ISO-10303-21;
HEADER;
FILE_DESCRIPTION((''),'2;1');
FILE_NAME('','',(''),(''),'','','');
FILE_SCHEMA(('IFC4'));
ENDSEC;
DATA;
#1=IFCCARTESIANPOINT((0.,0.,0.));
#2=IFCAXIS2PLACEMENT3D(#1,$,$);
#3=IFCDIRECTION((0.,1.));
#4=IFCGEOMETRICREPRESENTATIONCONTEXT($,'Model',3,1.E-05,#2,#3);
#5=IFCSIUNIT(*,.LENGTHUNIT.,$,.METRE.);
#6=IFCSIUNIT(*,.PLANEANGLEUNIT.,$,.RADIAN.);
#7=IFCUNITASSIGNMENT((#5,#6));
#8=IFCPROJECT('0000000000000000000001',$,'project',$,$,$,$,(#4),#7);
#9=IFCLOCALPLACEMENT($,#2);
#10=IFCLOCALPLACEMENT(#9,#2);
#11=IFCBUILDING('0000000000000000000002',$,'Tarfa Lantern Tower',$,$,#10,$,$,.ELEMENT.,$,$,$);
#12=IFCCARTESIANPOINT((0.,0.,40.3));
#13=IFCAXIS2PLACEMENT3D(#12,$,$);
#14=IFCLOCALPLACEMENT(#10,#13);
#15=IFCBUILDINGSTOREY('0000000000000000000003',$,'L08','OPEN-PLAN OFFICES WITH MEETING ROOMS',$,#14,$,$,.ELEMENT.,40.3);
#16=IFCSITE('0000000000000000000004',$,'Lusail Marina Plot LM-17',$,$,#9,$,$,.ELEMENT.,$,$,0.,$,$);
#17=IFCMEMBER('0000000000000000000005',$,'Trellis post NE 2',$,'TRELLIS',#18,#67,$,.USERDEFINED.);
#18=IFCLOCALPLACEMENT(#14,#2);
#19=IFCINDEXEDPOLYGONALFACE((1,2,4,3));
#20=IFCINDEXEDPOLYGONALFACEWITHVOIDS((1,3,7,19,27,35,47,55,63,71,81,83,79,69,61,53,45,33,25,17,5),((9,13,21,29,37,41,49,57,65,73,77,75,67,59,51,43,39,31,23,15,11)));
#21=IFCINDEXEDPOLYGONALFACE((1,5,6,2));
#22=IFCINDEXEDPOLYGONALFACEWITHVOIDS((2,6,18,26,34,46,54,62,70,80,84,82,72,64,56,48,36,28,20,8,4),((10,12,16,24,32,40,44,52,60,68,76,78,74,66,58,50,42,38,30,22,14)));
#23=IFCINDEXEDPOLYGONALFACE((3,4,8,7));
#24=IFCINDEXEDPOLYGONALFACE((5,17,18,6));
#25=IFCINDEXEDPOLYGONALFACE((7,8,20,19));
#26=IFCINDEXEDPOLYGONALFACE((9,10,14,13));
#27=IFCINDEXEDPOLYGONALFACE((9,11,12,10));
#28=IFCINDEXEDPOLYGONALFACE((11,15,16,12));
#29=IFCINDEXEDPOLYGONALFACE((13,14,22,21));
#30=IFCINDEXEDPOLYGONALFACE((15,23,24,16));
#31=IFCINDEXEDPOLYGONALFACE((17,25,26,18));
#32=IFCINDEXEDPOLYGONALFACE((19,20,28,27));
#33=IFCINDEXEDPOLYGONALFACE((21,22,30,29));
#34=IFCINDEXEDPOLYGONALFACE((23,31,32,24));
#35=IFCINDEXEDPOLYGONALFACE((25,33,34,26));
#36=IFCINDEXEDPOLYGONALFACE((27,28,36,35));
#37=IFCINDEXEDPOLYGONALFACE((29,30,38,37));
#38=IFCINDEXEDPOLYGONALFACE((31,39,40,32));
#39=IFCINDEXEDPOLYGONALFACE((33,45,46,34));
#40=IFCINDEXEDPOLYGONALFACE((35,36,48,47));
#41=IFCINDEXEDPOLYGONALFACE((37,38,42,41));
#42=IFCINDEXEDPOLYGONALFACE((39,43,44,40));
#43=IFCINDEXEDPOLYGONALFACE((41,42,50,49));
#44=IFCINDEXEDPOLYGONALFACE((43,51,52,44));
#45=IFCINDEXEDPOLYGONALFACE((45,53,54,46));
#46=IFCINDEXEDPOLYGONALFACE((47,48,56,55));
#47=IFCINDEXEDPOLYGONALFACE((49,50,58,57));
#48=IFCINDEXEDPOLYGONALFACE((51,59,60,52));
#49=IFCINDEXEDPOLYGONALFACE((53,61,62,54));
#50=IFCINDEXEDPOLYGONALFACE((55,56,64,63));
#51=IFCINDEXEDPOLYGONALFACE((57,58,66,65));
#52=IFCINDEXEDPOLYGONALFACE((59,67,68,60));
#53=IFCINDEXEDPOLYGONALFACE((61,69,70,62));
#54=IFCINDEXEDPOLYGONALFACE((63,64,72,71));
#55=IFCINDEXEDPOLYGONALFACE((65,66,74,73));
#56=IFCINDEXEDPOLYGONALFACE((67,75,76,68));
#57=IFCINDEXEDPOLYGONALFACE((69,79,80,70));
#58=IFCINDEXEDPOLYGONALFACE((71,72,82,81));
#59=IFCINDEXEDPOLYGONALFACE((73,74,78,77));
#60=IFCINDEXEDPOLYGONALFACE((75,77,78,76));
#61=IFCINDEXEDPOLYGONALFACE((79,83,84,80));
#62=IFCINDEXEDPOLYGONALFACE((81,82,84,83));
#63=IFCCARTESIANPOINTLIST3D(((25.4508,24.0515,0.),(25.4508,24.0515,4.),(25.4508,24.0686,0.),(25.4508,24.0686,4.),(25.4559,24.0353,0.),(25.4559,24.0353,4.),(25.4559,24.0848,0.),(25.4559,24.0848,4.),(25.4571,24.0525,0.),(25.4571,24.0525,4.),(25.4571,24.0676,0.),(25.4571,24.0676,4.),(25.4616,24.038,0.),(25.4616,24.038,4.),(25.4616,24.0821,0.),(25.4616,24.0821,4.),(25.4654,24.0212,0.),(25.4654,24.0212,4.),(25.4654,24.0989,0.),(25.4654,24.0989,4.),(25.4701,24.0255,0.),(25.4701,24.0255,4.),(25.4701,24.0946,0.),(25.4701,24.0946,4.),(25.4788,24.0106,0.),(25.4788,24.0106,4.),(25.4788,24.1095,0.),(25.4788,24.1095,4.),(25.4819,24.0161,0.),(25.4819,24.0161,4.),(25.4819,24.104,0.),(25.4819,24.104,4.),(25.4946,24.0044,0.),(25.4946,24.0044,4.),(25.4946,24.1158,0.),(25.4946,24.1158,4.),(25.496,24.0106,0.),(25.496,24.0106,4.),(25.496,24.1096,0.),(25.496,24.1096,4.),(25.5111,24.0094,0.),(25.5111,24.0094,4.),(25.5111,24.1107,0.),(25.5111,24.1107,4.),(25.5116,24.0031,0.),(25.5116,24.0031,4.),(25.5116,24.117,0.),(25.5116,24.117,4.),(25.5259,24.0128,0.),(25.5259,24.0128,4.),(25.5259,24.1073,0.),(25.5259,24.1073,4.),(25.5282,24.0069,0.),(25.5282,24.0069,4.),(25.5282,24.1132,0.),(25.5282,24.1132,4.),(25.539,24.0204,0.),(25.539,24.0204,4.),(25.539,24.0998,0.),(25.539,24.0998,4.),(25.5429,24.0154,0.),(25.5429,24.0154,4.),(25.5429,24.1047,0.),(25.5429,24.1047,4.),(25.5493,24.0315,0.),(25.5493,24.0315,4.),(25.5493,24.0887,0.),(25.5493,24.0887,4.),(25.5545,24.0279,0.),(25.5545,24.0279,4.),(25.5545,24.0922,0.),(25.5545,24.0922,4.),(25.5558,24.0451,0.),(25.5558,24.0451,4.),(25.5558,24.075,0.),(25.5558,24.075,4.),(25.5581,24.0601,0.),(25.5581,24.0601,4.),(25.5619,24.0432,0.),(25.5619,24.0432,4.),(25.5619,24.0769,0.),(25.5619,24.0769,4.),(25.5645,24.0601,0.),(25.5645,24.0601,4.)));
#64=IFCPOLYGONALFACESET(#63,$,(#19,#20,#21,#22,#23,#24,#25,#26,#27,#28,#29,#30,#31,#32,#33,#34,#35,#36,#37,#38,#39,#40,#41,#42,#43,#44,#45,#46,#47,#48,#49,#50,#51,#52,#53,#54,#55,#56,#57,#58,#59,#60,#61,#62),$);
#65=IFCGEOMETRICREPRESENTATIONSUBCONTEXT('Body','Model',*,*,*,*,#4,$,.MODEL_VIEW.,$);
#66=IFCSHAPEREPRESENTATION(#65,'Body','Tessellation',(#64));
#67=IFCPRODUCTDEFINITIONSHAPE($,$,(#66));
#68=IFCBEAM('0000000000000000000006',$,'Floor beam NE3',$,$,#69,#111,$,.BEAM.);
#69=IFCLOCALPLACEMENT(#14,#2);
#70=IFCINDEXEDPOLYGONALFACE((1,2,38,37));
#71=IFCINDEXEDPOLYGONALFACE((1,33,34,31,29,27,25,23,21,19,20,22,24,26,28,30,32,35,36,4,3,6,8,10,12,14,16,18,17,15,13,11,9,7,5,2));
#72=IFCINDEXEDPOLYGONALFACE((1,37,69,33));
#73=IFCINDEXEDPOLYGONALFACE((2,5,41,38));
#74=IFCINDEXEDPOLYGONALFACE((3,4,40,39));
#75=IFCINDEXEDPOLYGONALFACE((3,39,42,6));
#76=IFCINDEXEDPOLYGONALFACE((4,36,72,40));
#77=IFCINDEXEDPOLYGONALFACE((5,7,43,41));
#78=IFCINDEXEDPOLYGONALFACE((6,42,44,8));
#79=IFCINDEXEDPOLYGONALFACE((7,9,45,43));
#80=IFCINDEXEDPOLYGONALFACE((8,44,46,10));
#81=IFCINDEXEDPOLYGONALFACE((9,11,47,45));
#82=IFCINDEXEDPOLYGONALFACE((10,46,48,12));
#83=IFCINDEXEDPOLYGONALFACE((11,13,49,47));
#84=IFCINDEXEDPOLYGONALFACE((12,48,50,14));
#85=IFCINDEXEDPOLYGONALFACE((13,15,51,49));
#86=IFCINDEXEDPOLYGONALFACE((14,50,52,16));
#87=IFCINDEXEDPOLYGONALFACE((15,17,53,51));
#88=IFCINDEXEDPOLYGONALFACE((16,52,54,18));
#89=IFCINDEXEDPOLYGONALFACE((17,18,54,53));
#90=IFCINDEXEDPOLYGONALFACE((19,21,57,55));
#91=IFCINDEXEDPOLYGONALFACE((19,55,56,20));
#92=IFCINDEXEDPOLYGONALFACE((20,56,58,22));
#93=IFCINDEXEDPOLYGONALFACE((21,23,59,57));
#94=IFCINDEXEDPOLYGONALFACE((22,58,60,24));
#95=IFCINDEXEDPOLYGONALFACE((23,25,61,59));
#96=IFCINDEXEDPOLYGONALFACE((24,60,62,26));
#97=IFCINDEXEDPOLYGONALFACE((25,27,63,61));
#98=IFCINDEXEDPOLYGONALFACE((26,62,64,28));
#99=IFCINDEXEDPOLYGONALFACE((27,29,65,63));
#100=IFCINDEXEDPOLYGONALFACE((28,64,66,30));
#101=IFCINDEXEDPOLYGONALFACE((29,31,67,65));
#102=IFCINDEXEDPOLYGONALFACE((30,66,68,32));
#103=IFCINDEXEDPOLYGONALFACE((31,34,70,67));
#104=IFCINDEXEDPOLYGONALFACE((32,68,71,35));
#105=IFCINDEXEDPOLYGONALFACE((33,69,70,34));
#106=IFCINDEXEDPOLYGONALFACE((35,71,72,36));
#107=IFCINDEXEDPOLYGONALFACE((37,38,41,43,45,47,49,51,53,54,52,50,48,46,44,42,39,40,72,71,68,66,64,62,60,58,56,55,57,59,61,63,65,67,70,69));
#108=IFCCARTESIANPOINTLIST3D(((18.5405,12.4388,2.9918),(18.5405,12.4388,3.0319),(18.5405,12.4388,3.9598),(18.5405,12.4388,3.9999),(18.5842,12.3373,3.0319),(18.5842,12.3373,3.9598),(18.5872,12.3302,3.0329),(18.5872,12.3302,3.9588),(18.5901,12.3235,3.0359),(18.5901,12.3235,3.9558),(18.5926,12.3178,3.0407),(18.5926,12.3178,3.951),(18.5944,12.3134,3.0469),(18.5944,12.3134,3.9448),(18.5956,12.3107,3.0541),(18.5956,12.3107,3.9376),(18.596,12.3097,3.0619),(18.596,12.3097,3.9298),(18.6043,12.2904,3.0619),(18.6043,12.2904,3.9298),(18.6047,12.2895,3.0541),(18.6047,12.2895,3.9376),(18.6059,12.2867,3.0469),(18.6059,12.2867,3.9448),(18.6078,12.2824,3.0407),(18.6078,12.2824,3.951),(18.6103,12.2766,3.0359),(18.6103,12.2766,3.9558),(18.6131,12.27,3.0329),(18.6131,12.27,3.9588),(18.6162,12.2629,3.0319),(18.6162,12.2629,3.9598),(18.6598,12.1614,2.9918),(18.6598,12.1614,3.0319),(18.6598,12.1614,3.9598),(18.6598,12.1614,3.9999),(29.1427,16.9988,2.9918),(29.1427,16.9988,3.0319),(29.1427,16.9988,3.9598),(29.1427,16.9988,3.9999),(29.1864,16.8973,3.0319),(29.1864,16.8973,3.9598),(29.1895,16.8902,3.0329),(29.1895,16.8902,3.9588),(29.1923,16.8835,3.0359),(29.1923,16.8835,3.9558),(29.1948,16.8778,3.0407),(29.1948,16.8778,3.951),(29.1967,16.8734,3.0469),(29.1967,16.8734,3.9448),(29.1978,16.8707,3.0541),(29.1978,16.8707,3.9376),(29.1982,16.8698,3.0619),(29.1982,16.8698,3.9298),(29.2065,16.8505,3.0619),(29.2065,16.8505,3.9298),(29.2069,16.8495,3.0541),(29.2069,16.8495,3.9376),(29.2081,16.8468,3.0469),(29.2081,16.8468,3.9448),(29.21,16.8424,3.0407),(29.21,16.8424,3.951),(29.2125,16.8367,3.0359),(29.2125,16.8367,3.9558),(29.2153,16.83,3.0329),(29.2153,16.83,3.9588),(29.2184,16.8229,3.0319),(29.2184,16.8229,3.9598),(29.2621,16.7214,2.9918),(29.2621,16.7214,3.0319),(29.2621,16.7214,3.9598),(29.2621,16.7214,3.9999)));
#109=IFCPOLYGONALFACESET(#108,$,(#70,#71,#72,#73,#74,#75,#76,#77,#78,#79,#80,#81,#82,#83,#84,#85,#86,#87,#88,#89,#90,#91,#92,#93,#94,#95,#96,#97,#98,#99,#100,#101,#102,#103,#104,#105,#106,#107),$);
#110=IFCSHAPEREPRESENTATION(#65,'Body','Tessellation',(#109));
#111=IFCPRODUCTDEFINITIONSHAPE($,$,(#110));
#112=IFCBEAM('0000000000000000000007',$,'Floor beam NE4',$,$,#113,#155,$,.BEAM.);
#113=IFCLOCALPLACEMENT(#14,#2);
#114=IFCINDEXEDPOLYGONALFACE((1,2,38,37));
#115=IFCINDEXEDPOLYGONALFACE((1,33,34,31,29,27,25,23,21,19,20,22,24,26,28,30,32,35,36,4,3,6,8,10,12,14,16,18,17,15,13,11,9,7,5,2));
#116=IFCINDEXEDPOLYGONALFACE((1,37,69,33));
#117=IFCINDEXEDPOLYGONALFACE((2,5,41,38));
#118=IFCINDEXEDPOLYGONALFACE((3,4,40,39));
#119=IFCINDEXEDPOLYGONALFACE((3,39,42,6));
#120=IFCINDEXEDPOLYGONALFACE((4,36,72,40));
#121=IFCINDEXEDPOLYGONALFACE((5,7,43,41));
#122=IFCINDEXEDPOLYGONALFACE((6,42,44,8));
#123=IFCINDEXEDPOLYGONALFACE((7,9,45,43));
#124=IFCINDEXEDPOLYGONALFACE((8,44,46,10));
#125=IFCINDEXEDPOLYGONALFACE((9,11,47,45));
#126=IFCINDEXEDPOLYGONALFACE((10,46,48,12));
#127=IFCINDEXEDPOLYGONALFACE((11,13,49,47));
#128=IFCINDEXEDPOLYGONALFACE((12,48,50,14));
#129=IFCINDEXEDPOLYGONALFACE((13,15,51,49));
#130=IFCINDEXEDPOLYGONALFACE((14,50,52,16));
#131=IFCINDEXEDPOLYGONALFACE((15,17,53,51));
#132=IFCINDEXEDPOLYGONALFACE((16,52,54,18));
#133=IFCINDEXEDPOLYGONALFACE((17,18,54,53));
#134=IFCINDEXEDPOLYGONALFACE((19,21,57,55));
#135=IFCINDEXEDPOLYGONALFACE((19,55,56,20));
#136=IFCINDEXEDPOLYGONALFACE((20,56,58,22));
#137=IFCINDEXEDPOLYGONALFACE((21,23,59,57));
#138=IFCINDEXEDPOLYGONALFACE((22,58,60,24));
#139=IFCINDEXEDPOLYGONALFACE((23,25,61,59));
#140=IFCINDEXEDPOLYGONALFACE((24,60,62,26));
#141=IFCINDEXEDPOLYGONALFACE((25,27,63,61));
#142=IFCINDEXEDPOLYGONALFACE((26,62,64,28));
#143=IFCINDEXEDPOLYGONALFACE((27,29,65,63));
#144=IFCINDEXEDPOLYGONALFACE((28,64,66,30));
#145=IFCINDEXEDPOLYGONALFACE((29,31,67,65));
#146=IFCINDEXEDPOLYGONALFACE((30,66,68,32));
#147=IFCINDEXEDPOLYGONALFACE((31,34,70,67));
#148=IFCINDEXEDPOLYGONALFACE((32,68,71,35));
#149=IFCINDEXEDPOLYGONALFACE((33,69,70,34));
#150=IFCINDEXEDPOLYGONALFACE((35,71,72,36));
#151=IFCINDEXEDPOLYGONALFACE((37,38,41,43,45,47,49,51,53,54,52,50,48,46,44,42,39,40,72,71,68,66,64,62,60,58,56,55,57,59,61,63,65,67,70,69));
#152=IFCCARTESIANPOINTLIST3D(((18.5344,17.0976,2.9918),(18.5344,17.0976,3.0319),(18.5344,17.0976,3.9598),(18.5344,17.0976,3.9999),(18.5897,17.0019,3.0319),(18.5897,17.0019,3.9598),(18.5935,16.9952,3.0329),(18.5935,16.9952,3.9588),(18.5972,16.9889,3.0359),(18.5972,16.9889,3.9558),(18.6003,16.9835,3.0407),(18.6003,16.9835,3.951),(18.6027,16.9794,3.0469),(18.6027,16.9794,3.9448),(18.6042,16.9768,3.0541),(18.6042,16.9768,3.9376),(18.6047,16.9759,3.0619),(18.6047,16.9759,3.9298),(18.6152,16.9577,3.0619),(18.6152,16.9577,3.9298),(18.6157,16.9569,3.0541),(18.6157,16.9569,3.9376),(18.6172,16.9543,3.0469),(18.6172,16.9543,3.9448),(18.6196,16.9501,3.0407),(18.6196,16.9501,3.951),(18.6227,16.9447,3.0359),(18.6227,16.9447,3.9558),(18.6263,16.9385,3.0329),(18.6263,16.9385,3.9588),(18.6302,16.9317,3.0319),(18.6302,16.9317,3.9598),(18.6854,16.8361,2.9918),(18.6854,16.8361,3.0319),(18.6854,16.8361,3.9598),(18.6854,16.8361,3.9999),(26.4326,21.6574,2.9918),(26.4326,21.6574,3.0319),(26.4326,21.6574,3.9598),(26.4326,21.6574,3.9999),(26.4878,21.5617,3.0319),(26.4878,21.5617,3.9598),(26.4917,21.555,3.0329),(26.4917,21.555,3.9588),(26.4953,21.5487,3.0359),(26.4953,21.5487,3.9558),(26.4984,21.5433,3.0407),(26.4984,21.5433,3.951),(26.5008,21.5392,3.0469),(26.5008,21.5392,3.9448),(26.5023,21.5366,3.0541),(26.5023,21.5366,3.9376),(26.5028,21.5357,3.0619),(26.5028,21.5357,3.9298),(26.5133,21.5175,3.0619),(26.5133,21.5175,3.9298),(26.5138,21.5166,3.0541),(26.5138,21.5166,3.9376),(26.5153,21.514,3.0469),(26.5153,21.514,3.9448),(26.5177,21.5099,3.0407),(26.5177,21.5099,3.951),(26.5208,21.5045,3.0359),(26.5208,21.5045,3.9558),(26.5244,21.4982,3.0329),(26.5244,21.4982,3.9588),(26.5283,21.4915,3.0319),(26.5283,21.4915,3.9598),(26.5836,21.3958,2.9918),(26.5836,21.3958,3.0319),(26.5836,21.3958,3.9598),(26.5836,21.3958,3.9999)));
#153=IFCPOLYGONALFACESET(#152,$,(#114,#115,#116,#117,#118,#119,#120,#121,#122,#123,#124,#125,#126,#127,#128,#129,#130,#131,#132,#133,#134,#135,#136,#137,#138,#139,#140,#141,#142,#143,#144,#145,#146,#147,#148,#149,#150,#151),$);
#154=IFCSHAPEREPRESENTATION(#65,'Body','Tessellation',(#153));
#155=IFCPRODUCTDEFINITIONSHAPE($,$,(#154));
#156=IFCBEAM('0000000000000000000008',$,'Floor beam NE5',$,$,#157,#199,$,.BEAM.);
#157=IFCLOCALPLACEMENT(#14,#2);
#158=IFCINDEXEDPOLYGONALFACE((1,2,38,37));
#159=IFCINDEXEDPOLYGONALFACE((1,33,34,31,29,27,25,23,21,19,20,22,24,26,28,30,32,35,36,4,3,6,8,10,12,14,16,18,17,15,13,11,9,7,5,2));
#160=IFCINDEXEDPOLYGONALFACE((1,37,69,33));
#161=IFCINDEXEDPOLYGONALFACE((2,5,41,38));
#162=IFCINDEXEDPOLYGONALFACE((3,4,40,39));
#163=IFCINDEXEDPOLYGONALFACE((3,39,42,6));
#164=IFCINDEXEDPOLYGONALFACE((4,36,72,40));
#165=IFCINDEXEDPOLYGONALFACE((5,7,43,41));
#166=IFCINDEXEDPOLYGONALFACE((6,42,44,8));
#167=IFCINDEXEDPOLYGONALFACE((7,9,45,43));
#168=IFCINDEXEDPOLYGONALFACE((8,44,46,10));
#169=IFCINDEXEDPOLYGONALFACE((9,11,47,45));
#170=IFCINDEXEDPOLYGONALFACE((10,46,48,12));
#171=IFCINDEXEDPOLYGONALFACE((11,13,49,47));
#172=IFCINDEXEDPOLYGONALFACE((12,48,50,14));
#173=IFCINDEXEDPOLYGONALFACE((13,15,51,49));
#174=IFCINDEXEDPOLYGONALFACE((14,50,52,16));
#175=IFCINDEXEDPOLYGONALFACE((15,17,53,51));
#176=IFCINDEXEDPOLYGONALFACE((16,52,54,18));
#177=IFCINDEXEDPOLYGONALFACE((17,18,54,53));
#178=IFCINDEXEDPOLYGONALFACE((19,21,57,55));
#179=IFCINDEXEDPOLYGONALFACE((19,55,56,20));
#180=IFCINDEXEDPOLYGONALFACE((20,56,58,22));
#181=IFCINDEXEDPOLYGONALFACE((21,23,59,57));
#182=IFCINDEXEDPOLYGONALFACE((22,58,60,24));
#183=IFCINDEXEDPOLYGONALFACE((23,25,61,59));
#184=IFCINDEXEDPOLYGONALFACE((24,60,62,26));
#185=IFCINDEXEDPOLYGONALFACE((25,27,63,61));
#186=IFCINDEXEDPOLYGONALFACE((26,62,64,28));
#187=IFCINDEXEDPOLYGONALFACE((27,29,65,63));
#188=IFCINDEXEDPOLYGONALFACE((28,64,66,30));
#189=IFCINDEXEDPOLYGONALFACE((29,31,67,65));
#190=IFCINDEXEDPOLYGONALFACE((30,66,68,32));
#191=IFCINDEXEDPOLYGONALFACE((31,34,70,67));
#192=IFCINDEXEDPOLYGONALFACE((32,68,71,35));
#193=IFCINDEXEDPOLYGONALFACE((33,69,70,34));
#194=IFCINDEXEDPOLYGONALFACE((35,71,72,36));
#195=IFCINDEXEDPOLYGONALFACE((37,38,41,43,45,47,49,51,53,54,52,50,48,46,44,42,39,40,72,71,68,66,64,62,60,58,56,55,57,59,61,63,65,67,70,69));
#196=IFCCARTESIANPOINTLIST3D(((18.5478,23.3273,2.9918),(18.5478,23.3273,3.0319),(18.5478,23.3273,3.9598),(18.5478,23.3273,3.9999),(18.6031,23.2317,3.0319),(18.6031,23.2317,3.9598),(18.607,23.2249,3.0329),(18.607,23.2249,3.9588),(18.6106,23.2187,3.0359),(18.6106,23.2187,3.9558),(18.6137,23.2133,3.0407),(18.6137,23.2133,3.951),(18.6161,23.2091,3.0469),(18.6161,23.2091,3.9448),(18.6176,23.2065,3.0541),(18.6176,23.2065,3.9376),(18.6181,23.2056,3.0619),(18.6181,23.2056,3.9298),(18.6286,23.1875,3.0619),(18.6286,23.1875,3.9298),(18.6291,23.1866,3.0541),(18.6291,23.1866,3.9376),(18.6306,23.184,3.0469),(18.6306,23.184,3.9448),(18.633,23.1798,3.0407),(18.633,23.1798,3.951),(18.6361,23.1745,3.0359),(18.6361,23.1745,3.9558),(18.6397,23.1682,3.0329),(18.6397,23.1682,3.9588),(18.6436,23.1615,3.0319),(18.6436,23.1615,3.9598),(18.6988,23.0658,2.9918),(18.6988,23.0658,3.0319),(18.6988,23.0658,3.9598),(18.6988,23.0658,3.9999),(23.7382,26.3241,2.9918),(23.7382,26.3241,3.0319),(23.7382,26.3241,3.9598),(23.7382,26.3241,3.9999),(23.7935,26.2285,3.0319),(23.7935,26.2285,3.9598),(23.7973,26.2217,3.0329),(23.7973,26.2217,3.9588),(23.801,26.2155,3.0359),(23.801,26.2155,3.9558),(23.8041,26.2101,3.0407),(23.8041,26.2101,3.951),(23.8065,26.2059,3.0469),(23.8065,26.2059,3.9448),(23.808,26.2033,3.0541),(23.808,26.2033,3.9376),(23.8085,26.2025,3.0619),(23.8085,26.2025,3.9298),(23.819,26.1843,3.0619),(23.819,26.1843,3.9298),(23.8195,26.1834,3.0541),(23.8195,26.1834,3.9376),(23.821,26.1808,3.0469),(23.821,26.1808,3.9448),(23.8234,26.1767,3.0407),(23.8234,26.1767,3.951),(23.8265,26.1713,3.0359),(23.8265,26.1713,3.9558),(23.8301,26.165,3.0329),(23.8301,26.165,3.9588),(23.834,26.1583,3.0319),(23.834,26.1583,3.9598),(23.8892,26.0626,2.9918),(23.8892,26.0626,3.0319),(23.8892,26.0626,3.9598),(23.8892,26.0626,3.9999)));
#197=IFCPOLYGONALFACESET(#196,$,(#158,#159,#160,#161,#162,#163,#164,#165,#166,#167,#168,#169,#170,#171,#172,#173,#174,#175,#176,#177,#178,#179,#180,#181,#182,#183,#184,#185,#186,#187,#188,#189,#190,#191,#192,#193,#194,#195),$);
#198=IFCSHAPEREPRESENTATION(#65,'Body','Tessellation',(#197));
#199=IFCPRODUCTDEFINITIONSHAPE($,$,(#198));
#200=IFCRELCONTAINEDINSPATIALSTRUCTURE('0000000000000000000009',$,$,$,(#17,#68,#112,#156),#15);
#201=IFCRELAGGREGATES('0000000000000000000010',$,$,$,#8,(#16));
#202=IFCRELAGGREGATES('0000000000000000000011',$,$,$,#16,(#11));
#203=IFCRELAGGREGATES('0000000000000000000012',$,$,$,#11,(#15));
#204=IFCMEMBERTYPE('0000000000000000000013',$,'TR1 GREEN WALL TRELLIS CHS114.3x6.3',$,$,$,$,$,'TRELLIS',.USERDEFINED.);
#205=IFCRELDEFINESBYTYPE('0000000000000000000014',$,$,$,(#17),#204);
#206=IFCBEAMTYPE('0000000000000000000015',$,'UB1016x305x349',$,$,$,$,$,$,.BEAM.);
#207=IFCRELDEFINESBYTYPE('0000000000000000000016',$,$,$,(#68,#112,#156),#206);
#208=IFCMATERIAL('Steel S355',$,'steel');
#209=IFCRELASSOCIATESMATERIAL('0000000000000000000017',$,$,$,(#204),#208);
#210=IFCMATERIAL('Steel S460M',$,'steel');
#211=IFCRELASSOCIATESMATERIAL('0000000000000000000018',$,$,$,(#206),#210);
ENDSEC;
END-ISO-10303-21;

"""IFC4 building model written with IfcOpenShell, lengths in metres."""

from ifc_helpers import new_model, si_unit, direction, frame, origin, origin_2d, place, context, subcontext, project, spatial, hollow_circle, i_section, extrude, material, material_profile, profile_set, type_object, element, save


model = new_model("IFC4")

# Units and contexts
model_context = context("Model", 3, precision=1e-05, world=origin(), true_north=direction((0.0, 1.0)))
body_context = subcontext(model_context, "Body", "Model", "MODEL_VIEW")
ifc_project = project(units=[si_unit("LENGTHUNIT", "METRE"), si_unit("PLANEANGLEUNIT", "RADIAN")], contexts=[model_context])

# Site, building, storey
site_placement = place(None, origin())
site = spatial("IfcSite", under=ifc_project, at=site_placement, Name="Lusail Marina Plot LM-17", CompositionType="ELEMENT", RefElevation=0.0)
building_placement = place(site_placement, origin())
building = spatial("IfcBuilding", under=site, at=building_placement, Name="Tarfa Lantern Tower", CompositionType="ELEMENT")
storey_placement = place(building_placement, frame((0.0, 0.0, 40.3)))
storey = spatial("IfcBuildingStorey", under=building, at=storey_placement, Name="L08", Description="OPEN-PLAN OFFICES WITH MEETING ROOMS", CompositionType="ELEMENT", Elevation=40.3)

# Member
ifc_material_1 = material(Name="Steel S355", Category="steel")
ifc_material_profile_1 = material_profile(ifc_material_1, hollow_circle(Radius=0.0571, WallThickness=0.0063, at=origin_2d()), Name="CHS114.3x6.3")
ifc_profile_set_1 = profile_set([ifc_material_profile_1], Name="Steel S355")
member_type_1 = type_object("IfcMemberType", Name="TR1 GREEN WALL TRELLIS CHS114.3x6.3", ElementType="TRELLIS", PredefinedType="USERDEFINED", material=ifc_profile_set_1)
member_1_placement = place(storey_placement, frame((25.5073, 24.0601, 0.0), z_axis=(0.0, 0.0, 1.0), x_axis=(1.0, 0.0, 0.0)))
element("IfcMember", 1, at=member_1_placement, inside=storey, type_object=member_type_1, Name="Trellis post NE 2", ObjectType="TRELLIS", PredefinedType="USERDEFINED", context=body_context, shape_type="SweptSolid", body=[
    extrude(hollow_circle(Radius=0.0571, WallThickness=0.0063, at=origin_2d()), origin(), (0.0, 0.0, 1.0), 4.0),
])

# Beams
ifc_material_2 = material(Name="Steel S460M", Category="steel")
ifc_material_profile_2 = material_profile(ifc_material_2, i_section(OverallWidth=0.302, OverallDepth=1.0081, WebThickness=0.021, FlangeThickness=0.04, FilletRadius=0.03, at=origin_2d()), Name="UB1016x305x349")
ifc_profile_set_2 = profile_set([ifc_material_profile_2], Name="Steel S460M")
beam_type_1 = type_object("IfcBeamType", Name="UB1016x305x349", PredefinedType="BEAM", material=ifc_profile_set_2)
beam_1_placement = place(storey_placement, frame((29.2024, 16.8601, 3.4958), z_axis=(-0.918635, -0.395106, 0.0), x_axis=(0.395106, -0.918635, 0.0)))
element("IfcBeam", 2, at=beam_1_placement, inside=storey, type_object=beam_type_1, Name="Floor beam NE3", PredefinedType="BEAM", context=body_context, shape_type="SweptSolid", body=[
    extrude(i_section(OverallWidth=0.302, OverallDepth=1.0081, WebThickness=0.021, FlangeThickness=0.04, FilletRadius=0.03, at=origin_2d()), origin(), (0.0, 0.0, 1.0), 11.5413),
])
beam_2_placement = place(storey_placement, frame((26.5081, 21.5266, 3.4958), z_axis=(-0.866035, -0.499983, 0.0), x_axis=(0.499983, -0.866035, 0.0)))
element("IfcBeam", 3, at=beam_2_placement, inside=storey, type_object=beam_type_1, Name="Floor beam NE4", PredefinedType="BEAM", context=body_context, shape_type="SweptSolid", body=[
    extrude(i_section(OverallWidth=0.302, OverallDepth=1.0081, WebThickness=0.021, FlangeThickness=0.04, FilletRadius=0.03, at=origin_2d()), origin(), (0.0, 0.0, 1.0), 9.1199),
])
beam_3_placement = place(storey_placement, frame((23.8137, 26.1934, 3.4958), z_axis=(-0.866016, -0.500016, 0.0), x_axis=(0.500016, -0.866016, 0.0)))
element("IfcBeam", 4, at=beam_3_placement, inside=storey, type_object=beam_type_1, Name="Floor beam NE5", PredefinedType="BEAM", context=body_context, shape_type="SweptSolid", body=[
    extrude(i_section(OverallWidth=0.302, OverallDepth=1.0081, WebThickness=0.021, FlangeThickness=0.04, FilletRadius=0.03, at=origin_2d()), origin(), (0.0, 0.0, 1.0), 5.9934),
])

save(model, "model.ifc")
